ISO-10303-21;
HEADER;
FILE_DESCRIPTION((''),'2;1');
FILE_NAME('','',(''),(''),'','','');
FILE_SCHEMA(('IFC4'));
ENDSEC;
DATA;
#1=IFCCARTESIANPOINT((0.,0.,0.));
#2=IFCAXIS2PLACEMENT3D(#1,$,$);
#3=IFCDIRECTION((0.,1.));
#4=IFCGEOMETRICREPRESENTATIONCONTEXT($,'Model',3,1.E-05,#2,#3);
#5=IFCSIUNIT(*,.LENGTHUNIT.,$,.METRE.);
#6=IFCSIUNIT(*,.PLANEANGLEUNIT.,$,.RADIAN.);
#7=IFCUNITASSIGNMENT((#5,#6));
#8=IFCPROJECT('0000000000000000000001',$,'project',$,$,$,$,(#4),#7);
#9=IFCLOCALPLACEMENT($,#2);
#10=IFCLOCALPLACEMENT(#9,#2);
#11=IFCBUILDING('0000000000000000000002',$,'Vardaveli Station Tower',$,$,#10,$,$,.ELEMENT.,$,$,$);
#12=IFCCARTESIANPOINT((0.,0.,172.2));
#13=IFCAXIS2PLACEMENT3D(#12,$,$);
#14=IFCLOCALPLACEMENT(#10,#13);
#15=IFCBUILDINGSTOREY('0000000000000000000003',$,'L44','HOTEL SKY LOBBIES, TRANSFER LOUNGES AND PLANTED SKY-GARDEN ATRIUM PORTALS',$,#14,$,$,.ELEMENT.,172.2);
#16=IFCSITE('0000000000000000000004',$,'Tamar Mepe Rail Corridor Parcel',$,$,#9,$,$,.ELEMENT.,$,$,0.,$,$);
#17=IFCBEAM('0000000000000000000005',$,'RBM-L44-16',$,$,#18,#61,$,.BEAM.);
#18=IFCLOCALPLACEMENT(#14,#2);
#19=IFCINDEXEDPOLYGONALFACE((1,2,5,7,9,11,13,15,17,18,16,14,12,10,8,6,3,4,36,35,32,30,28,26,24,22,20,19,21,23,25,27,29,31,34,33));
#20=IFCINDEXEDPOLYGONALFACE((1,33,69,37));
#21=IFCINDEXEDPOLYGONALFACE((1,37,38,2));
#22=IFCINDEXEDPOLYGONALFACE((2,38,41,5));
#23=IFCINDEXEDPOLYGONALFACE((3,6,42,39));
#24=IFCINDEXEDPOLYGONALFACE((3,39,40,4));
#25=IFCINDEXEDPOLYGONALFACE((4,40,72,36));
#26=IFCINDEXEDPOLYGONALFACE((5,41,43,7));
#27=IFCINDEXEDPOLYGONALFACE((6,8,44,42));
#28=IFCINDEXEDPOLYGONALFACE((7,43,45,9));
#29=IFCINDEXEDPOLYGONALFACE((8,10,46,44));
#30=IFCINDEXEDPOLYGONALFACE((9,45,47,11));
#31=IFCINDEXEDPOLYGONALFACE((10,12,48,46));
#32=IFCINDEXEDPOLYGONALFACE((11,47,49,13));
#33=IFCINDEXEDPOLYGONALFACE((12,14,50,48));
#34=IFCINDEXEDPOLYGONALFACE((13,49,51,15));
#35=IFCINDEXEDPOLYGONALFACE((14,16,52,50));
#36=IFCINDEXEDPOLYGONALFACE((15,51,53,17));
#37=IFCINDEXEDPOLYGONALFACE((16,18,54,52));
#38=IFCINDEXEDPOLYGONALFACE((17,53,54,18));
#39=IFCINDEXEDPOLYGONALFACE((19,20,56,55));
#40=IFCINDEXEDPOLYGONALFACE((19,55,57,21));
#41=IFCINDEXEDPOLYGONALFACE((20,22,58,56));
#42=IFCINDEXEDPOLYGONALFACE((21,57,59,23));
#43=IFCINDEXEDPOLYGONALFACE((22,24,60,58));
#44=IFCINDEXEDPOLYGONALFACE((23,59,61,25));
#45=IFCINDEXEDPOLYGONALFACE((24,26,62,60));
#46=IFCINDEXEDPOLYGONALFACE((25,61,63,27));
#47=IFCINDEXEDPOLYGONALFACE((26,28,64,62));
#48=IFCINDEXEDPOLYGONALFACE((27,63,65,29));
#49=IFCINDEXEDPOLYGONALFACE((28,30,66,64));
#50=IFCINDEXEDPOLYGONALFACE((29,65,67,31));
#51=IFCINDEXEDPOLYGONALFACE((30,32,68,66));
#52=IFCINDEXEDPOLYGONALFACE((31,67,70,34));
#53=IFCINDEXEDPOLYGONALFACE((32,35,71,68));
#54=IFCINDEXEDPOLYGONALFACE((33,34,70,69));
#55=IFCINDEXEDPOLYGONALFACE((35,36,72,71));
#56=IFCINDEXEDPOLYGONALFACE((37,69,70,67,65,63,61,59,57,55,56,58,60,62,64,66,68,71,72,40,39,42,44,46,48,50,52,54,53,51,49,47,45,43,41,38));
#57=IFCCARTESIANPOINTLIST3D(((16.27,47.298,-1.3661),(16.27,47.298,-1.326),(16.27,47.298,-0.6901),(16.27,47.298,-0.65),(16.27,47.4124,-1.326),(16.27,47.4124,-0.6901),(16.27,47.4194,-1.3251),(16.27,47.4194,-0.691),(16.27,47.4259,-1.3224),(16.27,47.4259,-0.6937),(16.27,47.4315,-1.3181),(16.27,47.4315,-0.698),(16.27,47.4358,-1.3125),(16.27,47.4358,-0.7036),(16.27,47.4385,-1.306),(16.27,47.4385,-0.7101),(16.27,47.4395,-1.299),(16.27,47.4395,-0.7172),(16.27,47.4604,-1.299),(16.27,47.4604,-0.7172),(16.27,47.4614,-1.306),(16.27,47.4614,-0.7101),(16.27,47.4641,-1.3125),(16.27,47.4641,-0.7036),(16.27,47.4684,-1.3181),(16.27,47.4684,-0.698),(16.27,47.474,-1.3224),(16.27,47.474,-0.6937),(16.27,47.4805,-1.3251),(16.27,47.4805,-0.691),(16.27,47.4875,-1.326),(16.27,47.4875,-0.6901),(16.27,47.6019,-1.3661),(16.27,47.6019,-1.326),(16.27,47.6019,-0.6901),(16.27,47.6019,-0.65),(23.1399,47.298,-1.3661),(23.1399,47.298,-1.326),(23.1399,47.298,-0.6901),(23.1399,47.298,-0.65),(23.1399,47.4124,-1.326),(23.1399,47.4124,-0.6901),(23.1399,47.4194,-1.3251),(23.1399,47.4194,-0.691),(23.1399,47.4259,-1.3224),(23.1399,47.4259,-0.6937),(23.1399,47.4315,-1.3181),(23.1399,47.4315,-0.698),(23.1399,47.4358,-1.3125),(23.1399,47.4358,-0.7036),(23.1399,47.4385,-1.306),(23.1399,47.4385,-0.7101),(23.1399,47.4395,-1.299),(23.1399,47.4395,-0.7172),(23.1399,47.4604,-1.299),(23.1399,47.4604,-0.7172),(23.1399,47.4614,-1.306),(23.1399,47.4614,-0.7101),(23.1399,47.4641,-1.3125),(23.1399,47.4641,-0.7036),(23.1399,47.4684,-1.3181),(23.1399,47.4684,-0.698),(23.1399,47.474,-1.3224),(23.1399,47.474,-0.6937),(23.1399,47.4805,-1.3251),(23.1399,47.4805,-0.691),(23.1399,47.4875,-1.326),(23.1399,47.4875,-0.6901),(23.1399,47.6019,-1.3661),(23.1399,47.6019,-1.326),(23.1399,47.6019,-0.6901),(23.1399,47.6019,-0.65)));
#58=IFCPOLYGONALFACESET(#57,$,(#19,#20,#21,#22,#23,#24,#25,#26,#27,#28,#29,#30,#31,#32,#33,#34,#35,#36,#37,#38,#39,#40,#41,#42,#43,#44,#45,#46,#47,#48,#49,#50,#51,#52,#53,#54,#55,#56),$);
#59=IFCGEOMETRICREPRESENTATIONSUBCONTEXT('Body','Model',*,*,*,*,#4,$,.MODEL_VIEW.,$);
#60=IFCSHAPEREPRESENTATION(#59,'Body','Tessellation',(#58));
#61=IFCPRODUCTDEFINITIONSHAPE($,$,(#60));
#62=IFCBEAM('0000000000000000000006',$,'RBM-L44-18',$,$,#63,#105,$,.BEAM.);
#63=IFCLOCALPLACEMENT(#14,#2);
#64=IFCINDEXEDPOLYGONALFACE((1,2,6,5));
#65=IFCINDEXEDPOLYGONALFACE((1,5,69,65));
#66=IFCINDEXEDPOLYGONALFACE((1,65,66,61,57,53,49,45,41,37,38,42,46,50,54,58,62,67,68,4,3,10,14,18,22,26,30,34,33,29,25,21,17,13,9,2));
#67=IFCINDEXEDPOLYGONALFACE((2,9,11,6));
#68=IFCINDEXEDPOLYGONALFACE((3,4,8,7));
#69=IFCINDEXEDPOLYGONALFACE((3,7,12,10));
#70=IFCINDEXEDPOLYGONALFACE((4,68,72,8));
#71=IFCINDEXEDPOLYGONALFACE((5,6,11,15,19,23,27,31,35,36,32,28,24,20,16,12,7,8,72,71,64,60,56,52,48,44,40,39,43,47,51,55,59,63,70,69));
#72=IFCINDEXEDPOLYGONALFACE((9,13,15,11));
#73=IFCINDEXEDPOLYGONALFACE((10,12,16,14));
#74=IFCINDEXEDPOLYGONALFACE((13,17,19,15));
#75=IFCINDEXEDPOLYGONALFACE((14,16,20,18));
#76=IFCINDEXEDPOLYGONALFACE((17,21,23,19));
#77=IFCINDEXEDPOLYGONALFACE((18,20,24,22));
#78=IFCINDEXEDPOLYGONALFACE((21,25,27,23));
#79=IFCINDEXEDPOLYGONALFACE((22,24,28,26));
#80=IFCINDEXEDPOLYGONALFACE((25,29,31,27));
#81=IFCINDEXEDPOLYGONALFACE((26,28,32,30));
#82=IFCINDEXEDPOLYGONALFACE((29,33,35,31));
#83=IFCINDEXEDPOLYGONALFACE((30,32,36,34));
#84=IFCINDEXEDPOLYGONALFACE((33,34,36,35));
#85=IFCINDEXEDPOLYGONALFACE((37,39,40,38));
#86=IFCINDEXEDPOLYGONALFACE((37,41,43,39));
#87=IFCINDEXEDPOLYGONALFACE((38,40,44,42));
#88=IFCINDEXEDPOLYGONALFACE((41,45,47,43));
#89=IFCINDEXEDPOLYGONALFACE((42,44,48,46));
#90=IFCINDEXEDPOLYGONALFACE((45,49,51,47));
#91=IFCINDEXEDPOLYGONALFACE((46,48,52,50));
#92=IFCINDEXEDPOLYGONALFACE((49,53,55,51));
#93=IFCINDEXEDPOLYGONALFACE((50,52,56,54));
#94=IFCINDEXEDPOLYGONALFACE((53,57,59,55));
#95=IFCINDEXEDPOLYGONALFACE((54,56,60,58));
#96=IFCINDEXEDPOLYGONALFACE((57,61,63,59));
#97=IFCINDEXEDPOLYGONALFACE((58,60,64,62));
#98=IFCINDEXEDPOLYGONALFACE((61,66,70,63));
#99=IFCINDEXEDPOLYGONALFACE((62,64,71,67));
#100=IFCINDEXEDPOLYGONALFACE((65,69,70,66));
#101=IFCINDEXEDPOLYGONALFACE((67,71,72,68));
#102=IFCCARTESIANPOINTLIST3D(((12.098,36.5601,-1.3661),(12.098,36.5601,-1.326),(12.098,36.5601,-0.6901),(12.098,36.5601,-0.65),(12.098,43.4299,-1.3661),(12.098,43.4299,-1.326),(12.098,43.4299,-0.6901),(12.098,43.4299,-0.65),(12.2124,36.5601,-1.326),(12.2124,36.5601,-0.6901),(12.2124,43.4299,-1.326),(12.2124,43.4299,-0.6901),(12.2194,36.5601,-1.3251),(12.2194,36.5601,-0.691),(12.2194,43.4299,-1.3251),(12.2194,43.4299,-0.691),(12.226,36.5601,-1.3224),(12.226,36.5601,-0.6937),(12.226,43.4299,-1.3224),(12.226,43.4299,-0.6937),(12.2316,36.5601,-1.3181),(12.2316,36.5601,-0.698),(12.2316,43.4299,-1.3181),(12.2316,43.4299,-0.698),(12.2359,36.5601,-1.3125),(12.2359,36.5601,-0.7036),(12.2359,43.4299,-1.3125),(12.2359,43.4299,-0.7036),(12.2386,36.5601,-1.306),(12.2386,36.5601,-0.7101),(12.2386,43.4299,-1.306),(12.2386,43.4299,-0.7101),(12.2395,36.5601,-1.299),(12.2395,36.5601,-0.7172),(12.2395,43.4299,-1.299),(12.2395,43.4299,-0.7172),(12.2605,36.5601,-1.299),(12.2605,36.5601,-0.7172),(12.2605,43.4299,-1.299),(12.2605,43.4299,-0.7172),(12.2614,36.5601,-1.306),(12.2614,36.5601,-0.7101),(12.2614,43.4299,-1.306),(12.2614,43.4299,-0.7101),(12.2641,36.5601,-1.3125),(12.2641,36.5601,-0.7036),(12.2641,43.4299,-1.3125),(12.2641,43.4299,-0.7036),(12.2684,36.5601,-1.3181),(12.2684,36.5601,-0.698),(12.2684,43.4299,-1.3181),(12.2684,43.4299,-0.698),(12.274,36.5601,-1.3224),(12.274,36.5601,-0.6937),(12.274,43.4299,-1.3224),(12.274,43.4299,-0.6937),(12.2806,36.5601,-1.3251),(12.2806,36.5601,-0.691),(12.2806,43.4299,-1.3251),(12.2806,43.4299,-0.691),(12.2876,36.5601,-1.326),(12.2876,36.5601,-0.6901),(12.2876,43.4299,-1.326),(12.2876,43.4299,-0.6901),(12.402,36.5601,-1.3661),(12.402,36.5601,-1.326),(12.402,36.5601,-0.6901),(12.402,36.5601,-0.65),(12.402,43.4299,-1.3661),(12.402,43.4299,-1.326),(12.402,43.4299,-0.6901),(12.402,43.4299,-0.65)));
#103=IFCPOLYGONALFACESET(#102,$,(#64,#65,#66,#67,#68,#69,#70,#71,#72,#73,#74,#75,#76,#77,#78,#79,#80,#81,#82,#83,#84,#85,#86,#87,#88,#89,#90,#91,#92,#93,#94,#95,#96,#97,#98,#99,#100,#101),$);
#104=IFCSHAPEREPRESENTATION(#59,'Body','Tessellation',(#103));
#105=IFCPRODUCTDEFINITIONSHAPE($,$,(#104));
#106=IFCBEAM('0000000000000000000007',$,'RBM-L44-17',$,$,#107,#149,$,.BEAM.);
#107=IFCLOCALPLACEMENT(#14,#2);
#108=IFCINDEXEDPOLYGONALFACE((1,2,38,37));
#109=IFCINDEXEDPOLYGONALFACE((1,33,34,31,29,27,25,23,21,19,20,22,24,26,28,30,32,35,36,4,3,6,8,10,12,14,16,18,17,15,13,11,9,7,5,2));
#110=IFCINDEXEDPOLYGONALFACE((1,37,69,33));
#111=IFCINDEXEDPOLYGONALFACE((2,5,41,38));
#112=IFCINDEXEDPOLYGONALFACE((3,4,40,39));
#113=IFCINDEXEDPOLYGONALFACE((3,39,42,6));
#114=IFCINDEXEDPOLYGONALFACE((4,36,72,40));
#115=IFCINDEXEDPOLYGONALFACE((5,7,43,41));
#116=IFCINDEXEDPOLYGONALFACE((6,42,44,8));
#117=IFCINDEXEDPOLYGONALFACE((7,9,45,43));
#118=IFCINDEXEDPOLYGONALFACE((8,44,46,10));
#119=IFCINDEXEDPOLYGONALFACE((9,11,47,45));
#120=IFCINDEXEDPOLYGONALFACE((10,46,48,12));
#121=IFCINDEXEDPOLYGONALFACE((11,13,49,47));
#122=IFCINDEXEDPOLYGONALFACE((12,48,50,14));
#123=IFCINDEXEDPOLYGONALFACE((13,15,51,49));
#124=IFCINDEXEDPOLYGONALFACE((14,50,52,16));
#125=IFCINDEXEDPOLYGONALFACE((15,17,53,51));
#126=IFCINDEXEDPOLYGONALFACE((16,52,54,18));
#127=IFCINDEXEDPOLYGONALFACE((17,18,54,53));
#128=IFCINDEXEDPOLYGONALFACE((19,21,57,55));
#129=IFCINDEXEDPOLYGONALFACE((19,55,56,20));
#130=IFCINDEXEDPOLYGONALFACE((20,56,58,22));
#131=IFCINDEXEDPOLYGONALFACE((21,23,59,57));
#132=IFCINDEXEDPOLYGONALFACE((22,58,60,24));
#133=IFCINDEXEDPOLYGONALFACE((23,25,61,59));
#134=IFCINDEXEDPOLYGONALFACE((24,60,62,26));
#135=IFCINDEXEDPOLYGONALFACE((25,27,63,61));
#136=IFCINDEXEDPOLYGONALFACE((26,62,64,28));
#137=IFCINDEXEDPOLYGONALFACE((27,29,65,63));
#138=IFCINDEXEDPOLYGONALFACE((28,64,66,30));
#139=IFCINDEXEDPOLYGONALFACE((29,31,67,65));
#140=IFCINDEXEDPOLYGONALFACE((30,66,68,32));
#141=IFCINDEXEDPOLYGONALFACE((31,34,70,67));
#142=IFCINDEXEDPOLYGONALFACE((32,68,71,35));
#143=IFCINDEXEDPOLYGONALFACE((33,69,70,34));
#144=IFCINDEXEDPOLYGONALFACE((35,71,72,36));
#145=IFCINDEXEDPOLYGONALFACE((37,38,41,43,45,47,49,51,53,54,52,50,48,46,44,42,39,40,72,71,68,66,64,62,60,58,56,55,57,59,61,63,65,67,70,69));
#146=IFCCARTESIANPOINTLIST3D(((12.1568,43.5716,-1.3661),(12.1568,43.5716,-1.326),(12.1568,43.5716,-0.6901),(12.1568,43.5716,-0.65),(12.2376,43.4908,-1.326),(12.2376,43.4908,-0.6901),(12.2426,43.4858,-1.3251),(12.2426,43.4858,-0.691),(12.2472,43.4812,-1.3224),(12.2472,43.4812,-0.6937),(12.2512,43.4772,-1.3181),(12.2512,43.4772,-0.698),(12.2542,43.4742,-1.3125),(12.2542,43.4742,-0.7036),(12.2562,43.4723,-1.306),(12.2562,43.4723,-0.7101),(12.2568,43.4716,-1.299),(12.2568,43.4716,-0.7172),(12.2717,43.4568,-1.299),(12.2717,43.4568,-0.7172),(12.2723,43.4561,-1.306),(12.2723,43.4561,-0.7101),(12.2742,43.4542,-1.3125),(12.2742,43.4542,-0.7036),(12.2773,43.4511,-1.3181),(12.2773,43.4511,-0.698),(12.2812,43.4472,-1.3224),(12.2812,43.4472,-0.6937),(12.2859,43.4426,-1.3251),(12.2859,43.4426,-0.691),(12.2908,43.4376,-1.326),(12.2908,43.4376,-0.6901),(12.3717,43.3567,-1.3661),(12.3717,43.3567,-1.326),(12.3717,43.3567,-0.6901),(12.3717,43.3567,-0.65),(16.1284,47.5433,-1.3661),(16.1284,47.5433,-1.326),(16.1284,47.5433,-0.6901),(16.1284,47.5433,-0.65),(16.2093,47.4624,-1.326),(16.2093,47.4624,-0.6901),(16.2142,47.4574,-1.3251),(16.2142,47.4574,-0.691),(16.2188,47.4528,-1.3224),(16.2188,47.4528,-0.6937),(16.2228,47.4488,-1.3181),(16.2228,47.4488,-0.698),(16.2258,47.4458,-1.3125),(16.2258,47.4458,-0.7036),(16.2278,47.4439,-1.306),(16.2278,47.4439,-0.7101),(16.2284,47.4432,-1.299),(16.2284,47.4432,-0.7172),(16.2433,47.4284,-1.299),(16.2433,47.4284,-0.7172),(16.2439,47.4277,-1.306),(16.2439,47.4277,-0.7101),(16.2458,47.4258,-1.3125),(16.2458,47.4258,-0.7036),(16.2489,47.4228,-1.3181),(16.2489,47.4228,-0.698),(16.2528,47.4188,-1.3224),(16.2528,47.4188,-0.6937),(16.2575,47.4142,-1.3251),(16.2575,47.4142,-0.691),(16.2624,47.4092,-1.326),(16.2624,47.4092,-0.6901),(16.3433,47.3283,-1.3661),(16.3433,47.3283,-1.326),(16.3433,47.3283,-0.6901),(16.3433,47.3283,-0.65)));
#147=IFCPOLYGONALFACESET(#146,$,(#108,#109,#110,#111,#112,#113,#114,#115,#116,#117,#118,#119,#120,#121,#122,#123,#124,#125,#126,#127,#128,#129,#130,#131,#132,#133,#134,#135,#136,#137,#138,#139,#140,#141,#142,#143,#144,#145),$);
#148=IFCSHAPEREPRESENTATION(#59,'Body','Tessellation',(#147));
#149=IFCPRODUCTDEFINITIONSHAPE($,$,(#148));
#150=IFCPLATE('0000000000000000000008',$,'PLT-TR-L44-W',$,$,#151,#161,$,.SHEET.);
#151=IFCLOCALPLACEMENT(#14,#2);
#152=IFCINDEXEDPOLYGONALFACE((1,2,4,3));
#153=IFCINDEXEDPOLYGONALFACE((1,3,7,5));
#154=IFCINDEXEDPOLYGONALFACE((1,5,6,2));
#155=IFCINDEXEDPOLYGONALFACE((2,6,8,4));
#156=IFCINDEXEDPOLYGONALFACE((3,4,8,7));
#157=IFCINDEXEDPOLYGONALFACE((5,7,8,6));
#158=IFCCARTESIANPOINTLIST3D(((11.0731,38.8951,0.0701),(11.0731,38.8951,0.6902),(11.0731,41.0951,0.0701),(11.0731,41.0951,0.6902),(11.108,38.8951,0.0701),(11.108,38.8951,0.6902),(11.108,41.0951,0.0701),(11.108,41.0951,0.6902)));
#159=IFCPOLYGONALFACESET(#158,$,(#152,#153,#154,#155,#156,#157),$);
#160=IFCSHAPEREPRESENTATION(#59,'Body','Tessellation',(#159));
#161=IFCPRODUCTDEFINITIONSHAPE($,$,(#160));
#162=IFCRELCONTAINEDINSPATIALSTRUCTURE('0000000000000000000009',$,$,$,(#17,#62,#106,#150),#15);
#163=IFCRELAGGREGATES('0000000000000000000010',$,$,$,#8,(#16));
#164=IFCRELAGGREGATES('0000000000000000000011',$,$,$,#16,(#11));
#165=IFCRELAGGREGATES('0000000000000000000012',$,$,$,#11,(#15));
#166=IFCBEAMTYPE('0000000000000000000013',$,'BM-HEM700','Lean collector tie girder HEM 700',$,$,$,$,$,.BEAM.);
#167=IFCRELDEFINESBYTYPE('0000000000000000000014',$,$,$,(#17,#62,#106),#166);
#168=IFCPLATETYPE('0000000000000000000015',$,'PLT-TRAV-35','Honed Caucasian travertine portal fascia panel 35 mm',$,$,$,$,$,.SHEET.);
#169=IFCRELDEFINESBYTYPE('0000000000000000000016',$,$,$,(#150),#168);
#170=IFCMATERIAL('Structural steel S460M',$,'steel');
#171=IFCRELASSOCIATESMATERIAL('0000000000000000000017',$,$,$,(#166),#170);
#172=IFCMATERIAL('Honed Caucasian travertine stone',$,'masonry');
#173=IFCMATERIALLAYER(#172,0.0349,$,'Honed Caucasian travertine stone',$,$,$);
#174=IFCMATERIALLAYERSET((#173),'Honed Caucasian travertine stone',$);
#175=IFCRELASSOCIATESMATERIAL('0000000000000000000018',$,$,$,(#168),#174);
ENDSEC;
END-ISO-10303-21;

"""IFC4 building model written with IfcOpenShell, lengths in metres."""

from ifc_helpers import new_model, si_unit, direction, frame, origin, origin_2d, place, context, subcontext, project, spatial, rectangle, i_section, extrude, source, transform, mapped, material, layer, layer_set, material_profile, profile_set, type_object, element, save


model = new_model("IFC4")

# Units and contexts
model_context = context("Model", 3, precision=1e-05, world=origin(), true_north=direction((0.0, 1.0)))
body_context = subcontext(model_context, "Body", "Model", "MODEL_VIEW")
ifc_project = project(units=[si_unit("LENGTHUNIT", "METRE"), si_unit("PLANEANGLEUNIT", "RADIAN")], contexts=[model_context])

# Site, building, storey
site_placement = place(None, origin())
site = spatial("IfcSite", under=ifc_project, at=site_placement, Name="Tamar Mepe Rail Corridor Parcel", CompositionType="ELEMENT", RefElevation=0.0)
building_placement = place(site_placement, origin())
building = spatial("IfcBuilding", under=site, at=building_placement, Name="Vardaveli Station Tower", CompositionType="ELEMENT")
storey_placement = place(building_placement, frame((0.0, 0.0, 172.2)))
storey = spatial("IfcBuildingStorey", under=building, at=storey_placement, Name="L44", Description="HOTEL SKY LOBBIES, TRANSFER LOUNGES AND PLANTED SKY-GARDEN ATRIUM PORTALS", CompositionType="ELEMENT", Elevation=172.2)

# Shared definitions
ifc_material_1 = material(Name="Structural steel S460M", Category="steel")

# Beams
ifc_material_profile_1 = material_profile(ifc_material_1, i_section(OverallWidth=0.304, OverallDepth=0.7161, WebThickness=0.021, FlangeThickness=0.04, FilletRadius=0.0271, at=origin_2d()), Name="HEM 700")
ifc_profile_set_1 = profile_set([ifc_material_profile_1], Name="Structural steel S460M")
beam_type = type_object("IfcBeamType", Name="BM-HEM700", Description="Lean collector tie girder HEM 700", PredefinedType="BEAM", material=ifc_profile_set_1)
shared_shape_1 = source(origin(), body_context, "Body", "SweptSolid", [
    extrude(i_section(OverallWidth=0.304, OverallDepth=0.7161, WebThickness=0.021, FlangeThickness=0.04, FilletRadius=0.0271, at=origin_2d()), origin(), (0.0, 0.0, 1.0), 6.8699),
])
for number, where, z_axis, x_axis, name in (
    (1, (23.1399, 47.45, -1.0081), (-1.0, 0.0, 0.0), (0.0, -1.0, 0.0), "RBM-L44-16"),
    (2, (12.25, 43.4299, -1.0081), (0.0, -1.0, 0.0), (1.0, 0.0, 0.0), "RBM-L44-18"),
):
    element("IfcBeam", number, at=place(storey_placement, frame(where, z_axis=z_axis, x_axis=x_axis)), inside=storey, type_object=beam_type, Name=name, PredefinedType="BEAM", context=body_context, shape_type="MappedRepresentation", body=[
        mapped(shared_shape_1, transform((0.0, 0.0, 0.0), scale=1.0)),
    ])
shared_shape_2 = source(origin(), body_context, "Body", "SweptSolid", [
    extrude(i_section(OverallWidth=0.304, OverallDepth=0.7161, WebThickness=0.021, FlangeThickness=0.04, FilletRadius=0.0271, at=origin_2d()), origin(), (0.0, 0.0, 1.0), 5.6167),
])
beam_1_placement = place(storey_placement, frame((16.2358, 47.4358, -1.0081), z_axis=(-0.707107, -0.707107, 0.0), x_axis=(0.707107, -0.707107, 0.0)))
element("IfcBeam", 3, at=beam_1_placement, inside=storey, type_object=beam_type, Name="RBM-L44-17", PredefinedType="BEAM", context=body_context, shape_type="MappedRepresentation", body=[
    mapped(shared_shape_2, transform((0.0, 0.0, 0.0), scale=1.0)),
])

# Plate
ifc_material_2 = material(Name="Honed Caucasian travertine stone", Category="masonry")
ifc_layer_1 = layer(ifc_material_2, 0.0349, Name="Honed Caucasian travertine stone")
ifc_layer_set_1 = layer_set([ifc_layer_1], Name="Honed Caucasian travertine stone")
plate_type = type_object("IfcPlateType", Name="PLT-TRAV-35", Description="Honed Caucasian travertine portal fascia panel 35 mm", PredefinedType="SHEET", material=ifc_layer_set_1)
shared_shape_3 = source(origin(), body_context, "Body", "SweptSolid", [
    extrude(rectangle(XDim=2.2, YDim=0.0349, at=origin_2d()), origin(), (0.0, 0.0, 1.0), 0.6201),
])
plate_placement = place(storey_placement, frame((11.0906, 39.9951, 0.0701), z_axis=(0.0, 0.0, 1.0), x_axis=(0.0, 1.0, 0.0)))
element("IfcPlate", 4, at=plate_placement, inside=storey, type_object=plate_type, Name="PLT-TR-L44-W", PredefinedType="SHEET", context=body_context, shape_type="MappedRepresentation", body=[
    mapped(shared_shape_3, transform((0.0, 0.0, 0.0), scale=1.0)),
])

save(model, "model.ifc")
